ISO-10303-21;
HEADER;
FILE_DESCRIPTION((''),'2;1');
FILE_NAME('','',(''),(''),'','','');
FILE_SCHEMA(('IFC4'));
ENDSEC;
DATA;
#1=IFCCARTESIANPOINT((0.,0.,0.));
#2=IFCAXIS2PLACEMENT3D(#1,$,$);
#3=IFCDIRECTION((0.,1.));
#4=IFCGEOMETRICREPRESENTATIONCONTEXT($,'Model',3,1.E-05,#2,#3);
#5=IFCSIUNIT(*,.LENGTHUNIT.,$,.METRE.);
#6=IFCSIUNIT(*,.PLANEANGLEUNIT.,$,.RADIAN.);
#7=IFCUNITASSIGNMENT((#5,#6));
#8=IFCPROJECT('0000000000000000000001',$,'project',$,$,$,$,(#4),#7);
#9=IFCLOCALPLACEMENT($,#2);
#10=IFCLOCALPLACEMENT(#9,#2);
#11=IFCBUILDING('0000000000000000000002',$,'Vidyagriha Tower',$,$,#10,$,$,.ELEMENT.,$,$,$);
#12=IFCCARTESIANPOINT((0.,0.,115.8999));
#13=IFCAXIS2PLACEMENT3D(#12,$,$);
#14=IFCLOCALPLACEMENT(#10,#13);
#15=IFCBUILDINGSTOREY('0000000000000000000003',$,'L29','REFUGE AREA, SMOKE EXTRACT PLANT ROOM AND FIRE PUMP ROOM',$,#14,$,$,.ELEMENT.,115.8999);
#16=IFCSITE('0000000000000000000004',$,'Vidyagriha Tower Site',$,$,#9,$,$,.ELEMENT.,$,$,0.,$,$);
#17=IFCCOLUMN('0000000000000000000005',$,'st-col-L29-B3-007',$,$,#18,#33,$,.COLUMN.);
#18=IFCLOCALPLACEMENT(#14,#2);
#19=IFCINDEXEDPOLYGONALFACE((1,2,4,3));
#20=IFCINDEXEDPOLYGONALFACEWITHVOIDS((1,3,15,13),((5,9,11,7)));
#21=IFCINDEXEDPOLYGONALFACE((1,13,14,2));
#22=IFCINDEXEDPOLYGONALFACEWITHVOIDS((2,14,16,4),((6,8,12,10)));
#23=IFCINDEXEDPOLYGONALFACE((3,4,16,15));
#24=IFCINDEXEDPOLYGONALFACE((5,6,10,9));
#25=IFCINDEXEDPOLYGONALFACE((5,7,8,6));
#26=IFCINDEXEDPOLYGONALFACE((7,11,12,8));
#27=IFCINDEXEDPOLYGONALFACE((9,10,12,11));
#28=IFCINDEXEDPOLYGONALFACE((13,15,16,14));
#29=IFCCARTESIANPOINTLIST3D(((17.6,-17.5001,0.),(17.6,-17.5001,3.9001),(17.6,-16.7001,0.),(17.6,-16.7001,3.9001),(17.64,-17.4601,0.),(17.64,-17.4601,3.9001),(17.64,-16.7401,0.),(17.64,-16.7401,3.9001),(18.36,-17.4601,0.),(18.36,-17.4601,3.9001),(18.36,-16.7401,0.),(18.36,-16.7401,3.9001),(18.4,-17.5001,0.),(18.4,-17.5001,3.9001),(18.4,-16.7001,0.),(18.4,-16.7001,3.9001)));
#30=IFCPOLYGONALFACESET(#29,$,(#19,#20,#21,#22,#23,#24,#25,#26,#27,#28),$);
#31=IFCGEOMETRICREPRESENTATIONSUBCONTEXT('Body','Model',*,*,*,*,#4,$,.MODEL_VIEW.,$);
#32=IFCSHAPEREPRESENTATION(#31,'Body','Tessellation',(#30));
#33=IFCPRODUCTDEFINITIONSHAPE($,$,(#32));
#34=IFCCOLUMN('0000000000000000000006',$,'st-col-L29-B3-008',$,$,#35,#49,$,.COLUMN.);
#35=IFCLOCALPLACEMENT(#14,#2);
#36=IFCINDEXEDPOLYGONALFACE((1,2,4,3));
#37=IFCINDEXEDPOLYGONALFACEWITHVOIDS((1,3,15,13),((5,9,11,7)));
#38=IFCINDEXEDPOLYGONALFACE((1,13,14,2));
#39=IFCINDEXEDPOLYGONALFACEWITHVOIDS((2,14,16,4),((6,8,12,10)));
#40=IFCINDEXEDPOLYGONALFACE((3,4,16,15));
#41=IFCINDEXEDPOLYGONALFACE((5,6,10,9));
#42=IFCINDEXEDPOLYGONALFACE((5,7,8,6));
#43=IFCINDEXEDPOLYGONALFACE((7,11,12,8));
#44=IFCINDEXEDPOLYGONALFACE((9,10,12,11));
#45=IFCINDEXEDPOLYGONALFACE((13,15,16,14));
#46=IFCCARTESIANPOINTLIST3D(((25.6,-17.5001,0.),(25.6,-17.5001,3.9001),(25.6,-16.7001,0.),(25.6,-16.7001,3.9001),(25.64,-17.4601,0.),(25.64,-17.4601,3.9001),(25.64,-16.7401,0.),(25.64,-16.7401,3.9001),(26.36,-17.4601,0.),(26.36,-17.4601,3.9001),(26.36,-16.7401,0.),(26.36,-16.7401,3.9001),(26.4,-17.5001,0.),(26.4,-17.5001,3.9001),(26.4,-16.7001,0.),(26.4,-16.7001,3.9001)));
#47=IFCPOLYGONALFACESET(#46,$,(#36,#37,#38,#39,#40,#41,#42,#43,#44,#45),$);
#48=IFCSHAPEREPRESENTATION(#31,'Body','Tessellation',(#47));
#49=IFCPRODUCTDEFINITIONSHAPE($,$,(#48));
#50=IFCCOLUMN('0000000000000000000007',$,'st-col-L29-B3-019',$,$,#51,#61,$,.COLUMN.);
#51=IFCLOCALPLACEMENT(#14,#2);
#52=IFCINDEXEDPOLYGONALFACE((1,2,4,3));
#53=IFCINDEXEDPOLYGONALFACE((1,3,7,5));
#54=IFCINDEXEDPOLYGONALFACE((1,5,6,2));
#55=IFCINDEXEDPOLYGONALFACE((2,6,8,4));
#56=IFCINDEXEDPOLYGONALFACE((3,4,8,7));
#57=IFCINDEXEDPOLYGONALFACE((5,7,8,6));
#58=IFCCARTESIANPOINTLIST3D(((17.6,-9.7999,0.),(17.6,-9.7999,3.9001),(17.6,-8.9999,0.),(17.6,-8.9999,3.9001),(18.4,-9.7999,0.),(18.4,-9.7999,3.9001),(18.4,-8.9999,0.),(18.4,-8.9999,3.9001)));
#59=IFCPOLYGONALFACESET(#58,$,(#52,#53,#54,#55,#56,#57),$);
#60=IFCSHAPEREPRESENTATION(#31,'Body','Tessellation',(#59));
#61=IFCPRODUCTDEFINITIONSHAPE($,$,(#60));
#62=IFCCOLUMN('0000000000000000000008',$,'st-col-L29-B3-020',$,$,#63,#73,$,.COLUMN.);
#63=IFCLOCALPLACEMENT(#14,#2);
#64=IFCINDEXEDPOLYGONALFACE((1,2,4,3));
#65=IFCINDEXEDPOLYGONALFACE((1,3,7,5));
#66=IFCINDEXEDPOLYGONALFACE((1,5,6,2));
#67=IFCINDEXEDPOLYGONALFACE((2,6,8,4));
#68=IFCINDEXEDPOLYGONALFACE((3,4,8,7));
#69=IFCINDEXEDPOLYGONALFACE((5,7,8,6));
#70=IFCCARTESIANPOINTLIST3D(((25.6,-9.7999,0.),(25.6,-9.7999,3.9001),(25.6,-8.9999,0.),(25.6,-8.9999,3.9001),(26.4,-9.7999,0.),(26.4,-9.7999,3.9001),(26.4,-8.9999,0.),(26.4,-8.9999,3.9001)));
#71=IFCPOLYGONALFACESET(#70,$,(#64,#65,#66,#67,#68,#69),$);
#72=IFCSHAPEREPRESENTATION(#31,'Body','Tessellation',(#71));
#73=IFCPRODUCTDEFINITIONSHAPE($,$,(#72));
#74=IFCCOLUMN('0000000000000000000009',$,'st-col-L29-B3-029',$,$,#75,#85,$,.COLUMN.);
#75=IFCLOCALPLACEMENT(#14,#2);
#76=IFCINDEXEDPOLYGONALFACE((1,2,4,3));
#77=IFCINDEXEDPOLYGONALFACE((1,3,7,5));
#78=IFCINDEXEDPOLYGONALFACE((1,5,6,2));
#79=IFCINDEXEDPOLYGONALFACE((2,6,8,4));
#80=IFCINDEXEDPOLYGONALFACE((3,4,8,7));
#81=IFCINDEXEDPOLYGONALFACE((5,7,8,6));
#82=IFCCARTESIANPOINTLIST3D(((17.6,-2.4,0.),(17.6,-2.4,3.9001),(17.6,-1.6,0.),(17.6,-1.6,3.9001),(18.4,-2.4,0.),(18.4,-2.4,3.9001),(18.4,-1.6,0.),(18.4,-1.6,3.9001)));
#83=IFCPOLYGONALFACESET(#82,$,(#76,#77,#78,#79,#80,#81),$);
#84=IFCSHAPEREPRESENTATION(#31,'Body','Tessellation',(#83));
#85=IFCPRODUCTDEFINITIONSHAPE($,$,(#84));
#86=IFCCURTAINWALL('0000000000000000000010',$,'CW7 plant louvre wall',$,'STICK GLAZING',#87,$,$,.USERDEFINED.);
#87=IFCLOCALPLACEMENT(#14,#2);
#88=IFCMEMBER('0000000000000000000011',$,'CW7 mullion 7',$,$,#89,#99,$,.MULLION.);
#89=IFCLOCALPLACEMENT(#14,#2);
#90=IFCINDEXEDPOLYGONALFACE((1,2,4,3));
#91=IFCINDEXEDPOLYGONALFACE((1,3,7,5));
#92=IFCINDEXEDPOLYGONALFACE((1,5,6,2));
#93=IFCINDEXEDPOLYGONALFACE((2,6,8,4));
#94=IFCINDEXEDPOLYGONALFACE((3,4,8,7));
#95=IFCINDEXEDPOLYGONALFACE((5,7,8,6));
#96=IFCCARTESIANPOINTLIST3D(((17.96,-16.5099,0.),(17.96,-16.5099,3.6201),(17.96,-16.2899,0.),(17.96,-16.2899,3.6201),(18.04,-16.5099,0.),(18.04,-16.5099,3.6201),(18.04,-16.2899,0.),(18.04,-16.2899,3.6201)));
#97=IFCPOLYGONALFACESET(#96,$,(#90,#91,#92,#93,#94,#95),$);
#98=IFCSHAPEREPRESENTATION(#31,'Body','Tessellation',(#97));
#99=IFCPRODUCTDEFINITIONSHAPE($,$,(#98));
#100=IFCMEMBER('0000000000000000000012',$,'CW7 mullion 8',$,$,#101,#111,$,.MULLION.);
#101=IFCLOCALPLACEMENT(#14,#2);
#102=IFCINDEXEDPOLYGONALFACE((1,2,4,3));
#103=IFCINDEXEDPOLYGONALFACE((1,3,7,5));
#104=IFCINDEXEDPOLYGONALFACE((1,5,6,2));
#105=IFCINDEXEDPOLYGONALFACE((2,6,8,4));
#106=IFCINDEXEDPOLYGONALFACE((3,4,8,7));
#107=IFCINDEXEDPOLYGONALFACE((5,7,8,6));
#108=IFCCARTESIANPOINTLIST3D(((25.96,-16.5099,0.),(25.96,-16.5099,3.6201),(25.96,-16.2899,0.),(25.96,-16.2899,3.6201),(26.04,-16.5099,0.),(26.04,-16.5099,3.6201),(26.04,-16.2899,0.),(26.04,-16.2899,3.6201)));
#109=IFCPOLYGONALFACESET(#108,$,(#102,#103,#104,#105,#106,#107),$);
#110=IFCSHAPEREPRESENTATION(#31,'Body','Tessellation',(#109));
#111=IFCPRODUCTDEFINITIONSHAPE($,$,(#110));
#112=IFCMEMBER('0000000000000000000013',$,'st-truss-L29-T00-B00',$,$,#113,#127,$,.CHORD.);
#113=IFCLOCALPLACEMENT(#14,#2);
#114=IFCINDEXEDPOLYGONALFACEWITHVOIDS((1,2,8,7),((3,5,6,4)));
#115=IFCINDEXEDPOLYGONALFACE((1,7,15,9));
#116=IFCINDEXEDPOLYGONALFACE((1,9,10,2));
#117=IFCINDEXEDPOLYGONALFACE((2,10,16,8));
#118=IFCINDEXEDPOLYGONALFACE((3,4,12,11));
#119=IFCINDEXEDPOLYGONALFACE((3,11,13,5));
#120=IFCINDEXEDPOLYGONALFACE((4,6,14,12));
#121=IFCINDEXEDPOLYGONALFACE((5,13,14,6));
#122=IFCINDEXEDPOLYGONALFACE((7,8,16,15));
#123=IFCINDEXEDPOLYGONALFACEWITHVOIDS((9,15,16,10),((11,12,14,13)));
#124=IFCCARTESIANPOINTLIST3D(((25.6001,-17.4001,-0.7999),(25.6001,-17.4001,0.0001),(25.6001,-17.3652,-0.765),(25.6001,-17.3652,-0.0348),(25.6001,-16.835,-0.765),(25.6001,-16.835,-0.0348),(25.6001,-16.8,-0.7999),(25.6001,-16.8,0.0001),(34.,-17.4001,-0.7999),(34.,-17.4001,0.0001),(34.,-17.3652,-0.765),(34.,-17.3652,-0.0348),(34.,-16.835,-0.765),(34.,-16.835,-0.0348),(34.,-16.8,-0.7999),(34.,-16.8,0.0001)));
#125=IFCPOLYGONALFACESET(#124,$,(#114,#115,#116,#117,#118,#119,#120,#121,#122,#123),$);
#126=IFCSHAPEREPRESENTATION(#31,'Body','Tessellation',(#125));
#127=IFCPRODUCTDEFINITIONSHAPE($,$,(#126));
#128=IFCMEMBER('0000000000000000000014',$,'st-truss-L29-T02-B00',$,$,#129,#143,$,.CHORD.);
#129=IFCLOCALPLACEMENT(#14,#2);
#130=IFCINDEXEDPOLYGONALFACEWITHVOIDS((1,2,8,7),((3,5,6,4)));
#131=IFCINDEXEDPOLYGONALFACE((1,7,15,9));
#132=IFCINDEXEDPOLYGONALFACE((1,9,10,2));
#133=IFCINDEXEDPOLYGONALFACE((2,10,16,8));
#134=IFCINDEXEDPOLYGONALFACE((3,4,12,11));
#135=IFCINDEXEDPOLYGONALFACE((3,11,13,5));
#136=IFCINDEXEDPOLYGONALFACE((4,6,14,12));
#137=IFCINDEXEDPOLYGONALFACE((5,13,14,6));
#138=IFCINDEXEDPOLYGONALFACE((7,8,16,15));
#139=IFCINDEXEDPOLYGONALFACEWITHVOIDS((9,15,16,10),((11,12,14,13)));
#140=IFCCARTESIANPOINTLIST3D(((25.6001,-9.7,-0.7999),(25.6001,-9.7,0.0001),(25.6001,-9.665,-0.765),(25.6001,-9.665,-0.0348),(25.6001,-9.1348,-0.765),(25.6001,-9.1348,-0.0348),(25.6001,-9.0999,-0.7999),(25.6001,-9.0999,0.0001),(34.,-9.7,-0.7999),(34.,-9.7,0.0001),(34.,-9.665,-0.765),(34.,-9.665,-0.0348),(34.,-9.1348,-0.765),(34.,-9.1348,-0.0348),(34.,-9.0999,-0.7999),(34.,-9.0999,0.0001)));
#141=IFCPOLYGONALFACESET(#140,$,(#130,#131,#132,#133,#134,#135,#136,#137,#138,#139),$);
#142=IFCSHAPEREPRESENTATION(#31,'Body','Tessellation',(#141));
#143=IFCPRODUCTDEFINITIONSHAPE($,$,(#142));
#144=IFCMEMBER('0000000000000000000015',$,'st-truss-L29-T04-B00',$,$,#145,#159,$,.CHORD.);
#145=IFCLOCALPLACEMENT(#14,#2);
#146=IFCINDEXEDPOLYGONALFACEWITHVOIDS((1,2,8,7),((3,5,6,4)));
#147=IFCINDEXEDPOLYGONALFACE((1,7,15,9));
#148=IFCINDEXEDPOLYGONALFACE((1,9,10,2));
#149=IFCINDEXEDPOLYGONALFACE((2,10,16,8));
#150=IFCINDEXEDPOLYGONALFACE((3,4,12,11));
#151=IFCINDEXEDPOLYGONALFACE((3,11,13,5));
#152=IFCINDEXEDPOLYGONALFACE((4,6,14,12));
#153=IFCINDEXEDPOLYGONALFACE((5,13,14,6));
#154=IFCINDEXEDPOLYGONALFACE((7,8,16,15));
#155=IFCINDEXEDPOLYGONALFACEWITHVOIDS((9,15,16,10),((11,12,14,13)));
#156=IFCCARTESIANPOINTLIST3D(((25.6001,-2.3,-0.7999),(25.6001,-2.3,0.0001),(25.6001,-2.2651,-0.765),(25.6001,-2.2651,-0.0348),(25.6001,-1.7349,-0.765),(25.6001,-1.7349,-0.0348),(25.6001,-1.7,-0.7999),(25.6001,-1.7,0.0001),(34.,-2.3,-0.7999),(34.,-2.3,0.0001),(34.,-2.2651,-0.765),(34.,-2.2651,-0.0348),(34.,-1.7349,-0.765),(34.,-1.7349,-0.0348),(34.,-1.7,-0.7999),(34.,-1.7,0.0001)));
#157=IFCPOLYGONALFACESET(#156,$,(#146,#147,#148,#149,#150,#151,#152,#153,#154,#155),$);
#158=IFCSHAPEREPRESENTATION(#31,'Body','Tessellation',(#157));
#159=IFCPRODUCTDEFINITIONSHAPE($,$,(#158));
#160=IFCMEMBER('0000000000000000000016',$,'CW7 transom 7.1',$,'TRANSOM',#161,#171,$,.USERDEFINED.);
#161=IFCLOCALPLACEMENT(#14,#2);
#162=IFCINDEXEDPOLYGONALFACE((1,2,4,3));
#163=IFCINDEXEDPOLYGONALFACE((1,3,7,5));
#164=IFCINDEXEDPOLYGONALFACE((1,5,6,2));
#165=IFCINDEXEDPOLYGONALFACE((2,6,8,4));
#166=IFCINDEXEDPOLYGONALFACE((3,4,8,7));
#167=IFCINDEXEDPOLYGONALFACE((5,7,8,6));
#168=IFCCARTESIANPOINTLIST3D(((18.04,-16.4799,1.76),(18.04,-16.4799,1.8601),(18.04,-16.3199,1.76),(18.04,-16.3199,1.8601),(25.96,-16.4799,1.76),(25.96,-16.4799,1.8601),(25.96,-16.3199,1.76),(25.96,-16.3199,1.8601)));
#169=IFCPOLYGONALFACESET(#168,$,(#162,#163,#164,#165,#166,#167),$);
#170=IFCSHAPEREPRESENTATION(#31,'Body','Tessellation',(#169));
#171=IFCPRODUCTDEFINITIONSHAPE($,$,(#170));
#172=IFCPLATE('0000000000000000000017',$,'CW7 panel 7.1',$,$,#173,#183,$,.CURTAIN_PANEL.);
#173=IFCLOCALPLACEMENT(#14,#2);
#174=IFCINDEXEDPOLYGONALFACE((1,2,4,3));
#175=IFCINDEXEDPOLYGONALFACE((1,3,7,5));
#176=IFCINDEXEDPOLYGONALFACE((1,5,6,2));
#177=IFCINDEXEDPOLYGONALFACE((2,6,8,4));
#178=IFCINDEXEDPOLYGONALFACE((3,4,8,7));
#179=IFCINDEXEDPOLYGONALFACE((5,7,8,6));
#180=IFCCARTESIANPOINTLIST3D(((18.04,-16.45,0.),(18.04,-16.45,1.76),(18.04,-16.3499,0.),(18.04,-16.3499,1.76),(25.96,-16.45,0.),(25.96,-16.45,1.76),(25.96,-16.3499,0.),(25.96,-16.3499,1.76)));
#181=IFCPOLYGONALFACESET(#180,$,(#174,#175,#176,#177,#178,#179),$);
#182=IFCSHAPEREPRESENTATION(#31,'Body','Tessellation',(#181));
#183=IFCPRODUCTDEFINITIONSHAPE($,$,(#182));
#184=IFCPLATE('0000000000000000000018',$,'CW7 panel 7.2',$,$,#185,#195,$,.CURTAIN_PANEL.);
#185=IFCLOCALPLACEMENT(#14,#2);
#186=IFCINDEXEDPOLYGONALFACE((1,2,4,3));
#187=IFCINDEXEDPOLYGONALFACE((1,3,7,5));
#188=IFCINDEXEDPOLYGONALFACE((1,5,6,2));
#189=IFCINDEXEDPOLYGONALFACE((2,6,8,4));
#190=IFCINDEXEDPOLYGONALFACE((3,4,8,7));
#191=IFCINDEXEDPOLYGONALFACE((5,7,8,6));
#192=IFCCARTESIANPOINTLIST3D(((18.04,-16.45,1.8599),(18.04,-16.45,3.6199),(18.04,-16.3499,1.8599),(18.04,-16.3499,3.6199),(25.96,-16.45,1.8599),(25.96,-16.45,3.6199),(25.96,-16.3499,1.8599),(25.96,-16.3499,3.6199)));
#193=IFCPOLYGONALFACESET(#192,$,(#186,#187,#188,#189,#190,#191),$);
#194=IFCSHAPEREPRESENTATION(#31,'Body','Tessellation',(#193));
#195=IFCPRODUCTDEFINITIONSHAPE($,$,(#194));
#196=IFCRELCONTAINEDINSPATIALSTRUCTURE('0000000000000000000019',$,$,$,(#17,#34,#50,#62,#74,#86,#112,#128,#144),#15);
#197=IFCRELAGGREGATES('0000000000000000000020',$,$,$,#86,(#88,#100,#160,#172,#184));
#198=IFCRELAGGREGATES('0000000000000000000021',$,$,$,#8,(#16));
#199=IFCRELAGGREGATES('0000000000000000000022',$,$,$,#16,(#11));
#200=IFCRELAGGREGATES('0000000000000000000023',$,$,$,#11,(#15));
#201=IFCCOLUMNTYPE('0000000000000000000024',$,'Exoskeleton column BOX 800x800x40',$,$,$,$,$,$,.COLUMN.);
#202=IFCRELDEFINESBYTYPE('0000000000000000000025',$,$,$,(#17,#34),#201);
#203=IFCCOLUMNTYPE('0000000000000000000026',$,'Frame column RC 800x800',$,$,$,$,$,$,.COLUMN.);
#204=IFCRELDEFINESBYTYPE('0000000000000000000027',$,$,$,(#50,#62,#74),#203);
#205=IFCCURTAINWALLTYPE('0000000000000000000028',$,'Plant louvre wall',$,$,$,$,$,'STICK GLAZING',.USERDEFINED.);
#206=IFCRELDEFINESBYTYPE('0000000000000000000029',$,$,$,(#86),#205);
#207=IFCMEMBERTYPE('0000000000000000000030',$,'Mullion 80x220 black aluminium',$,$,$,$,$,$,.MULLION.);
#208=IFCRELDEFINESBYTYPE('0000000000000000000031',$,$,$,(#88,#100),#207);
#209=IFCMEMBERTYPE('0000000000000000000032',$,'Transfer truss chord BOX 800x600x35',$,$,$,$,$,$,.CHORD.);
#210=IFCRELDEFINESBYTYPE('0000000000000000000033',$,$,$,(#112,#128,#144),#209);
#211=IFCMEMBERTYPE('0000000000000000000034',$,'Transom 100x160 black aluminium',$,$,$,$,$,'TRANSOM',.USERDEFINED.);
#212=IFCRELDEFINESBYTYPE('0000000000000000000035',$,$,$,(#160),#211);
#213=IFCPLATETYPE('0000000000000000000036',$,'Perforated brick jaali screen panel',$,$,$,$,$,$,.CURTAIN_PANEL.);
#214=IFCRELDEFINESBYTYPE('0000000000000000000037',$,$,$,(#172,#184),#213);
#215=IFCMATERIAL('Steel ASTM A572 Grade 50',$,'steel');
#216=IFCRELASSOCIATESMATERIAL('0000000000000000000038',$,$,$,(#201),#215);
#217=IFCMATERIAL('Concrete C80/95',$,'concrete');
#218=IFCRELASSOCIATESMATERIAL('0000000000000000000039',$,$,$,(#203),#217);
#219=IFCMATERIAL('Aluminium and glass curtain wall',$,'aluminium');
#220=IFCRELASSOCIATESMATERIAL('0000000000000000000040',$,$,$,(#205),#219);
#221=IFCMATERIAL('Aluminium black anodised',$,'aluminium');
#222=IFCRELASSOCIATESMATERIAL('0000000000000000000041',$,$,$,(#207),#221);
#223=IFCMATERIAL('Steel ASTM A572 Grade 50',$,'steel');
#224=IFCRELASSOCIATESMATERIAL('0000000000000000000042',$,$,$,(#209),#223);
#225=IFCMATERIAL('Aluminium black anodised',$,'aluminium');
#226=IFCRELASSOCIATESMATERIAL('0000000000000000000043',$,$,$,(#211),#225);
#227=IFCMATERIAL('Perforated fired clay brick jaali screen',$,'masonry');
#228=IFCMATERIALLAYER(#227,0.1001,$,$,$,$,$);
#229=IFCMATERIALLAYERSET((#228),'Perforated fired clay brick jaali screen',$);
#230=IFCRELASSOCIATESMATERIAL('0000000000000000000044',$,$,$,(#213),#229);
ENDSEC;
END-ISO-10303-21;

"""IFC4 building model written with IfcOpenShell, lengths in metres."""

from ifc_helpers import new_model, si_unit, direction, frame, origin, origin_2d, place, context, subcontext, project, spatial, rectangle, hollow_rectangle, extrude, material, layer, layer_set, material_profile, profile_set, type_object, element, aggregate, save


model = new_model("IFC4")

# Units and contexts
model_context = context("Model", 3, precision=1e-05, world=origin(), true_north=direction((0.0, 1.0)))
body_context = subcontext(model_context, "Body", "Model", "MODEL_VIEW")
ifc_project = project(units=[si_unit("LENGTHUNIT", "METRE"), si_unit("PLANEANGLEUNIT", "RADIAN")], contexts=[model_context])

# Site, building, storey
site_placement = place(None, origin())
site = spatial("IfcSite", under=ifc_project, at=site_placement, Name="Vidyagriha Tower Site", CompositionType="ELEMENT", RefElevation=0.0)
building_placement = place(site_placement, origin())
building = spatial("IfcBuilding", under=site, at=building_placement, Name="Vidyagriha Tower", CompositionType="ELEMENT")
storey_placement = place(building_placement, frame((0.0, 0.0, 115.8999)))
storey = spatial("IfcBuildingStorey", under=building, at=storey_placement, Name="L29", Description="REFUGE AREA, SMOKE EXTRACT PLANT ROOM AND FIRE PUMP ROOM", CompositionType="ELEMENT", Elevation=115.8999)

# Columns
ifc_material_1 = material(Name="Steel ASTM A572 Grade 50", Category="steel")
ifc_material_profile_1 = material_profile(ifc_material_1, hollow_rectangle(XDim=0.8, YDim=0.8, WallThickness=0.04, at=origin_2d()), Name="BOX 800x800x40")
ifc_profile_set_1 = profile_set([ifc_material_profile_1], Name="Steel ASTM A572 Grade 50")
column_type_1 = type_object("IfcColumnType", Name="Exoskeleton column BOX 800x800x40", PredefinedType="COLUMN", material=ifc_profile_set_1)
for number, where, name in (
    (1, (18.0, -17.1001, 0.0), "st-col-L29-B3-007"),
    (2, (26.0, -17.1001, 0.0), "st-col-L29-B3-008"),
):
    element("IfcColumn", number, at=place(storey_placement, frame(where)), inside=storey, type_object=column_type_1, Name=name, PredefinedType="COLUMN", context=body_context, shape_type="SweptSolid", body=[
        extrude(hollow_rectangle(XDim=0.8, YDim=0.8, WallThickness=0.04, at=origin_2d()), origin(), (0.0, 0.0, 1.0), 3.9001),
    ])
ifc_material_2 = material(Name="Concrete C80/95", Category="concrete")
ifc_material_profile_2 = material_profile(ifc_material_2, rectangle(XDim=0.8, YDim=0.8, at=origin_2d()), Name="RC 800x800")
ifc_profile_set_2 = profile_set([ifc_material_profile_2], Name="Concrete C80/95")
column_type_2 = type_object("IfcColumnType", Name="Frame column RC 800x800", PredefinedType="COLUMN", material=ifc_profile_set_2)
for number, where, name in (
    (3, (18.0, -9.3999, 0.0), "st-col-L29-B3-019"),
    (4, (26.0, -9.3999, 0.0), "st-col-L29-B3-020"),
    (5, (18.0, -2.0, 0.0), "st-col-L29-B3-029"),
):
    element("IfcColumn", number, at=place(storey_placement, frame(where)), inside=storey, type_object=column_type_2, Name=name, PredefinedType="COLUMN", context=body_context, shape_type="SweptSolid", body=[
        extrude(rectangle(XDim=0.8, YDim=0.8, at=origin_2d()), origin(), (0.0, 0.0, 1.0), 3.9001),
    ])

# Curtain wall, members
ifc_material_3 = material(Name="Aluminium and glass curtain wall", Category="aluminium")
curtain_wall_type = type_object("IfcCurtainWallType", Name="Plant louvre wall", ElementType="STICK GLAZING", PredefinedType="USERDEFINED", material=ifc_material_3)
curtain_wall_placement = place(storey_placement, origin())
curtain_wall = element("IfcCurtainWall", 6, at=curtain_wall_placement, inside=storey, type_object=curtain_wall_type, Name="CW7 plant louvre wall", ObjectType="STICK GLAZING", PredefinedType="USERDEFINED")
ifc_material_4 = material(Name="Aluminium black anodised", Category="aluminium")
ifc_material_profile_3 = material_profile(ifc_material_4, rectangle(XDim=0.22, YDim=0.0801, at=origin_2d()), Name="Mullion 80x220 black aluminium")
ifc_profile_set_3 = profile_set([ifc_material_profile_3], Name="Aluminium black anodised")
member_type_1 = type_object("IfcMemberType", Name="Mullion 80x220 black aluminium", PredefinedType="MULLION", material=ifc_profile_set_3)
member_1_placement = place(storey_placement, frame((18.0, -16.3999, 0.0), z_axis=(0.0, 0.0, 1.0), x_axis=(0.0, 1.0, 0.0)))
member_1 = element("IfcMember", 7, at=member_1_placement, type_object=member_type_1, Name="CW7 mullion 7", PredefinedType="MULLION", context=body_context, shape_type="SweptSolid", body=[
    extrude(rectangle(XDim=0.22, YDim=0.0801, at=origin_2d()), origin(), (0.0, 0.0, 1.0), 3.6201),
])
member_2_placement = place(storey_placement, frame((26.0, -16.3999, 0.0), z_axis=(0.0, 0.0, 1.0), x_axis=(0.0, 1.0, 0.0)))
member_2 = element("IfcMember", 8, at=member_2_placement, type_object=member_type_1, Name="CW7 mullion 8", PredefinedType="MULLION", context=body_context, shape_type="SweptSolid", body=[
    extrude(rectangle(XDim=0.22, YDim=0.0801, at=origin_2d()), origin(), (0.0, 0.0, 1.0), 3.6201),
])

# Members
ifc_material_5 = material(Name="Steel ASTM A572 Grade 50", Category="steel")
ifc_material_profile_4 = material_profile(ifc_material_5, hollow_rectangle(XDim=0.6001, YDim=0.8, WallThickness=0.0349, at=origin_2d()), Name="BOX 800x600x35")
ifc_profile_set_4 = profile_set([ifc_material_profile_4], Name="Steel ASTM A572 Grade 50")
member_type_2 = type_object("IfcMemberType", Name="Transfer truss chord BOX 800x600x35", PredefinedType="CHORD", material=ifc_profile_set_4)
for number, where, z_axis, x_axis, name in (
    (9, (25.6001, -17.1001, -0.3999), (1.0, 0.0, 0.0), (0.0, 1.0, 0.0), "st-truss-L29-T00-B00"),
    (10, (25.6001, -9.3999, -0.3999), (1.0, 0.0, 0.0), (0.0, 1.0, 0.0), "st-truss-L29-T02-B00"),
    (11, (25.6001, -2.0, -0.3999), (1.0, 0.0, 0.0), (0.0, 1.0, 0.0), "st-truss-L29-T04-B00"),
):
    element("IfcMember", number, at=place(storey_placement, frame(where, z_axis=z_axis, x_axis=x_axis)), inside=storey, type_object=member_type_2, Name=name, PredefinedType="CHORD", context=body_context, shape_type="SweptSolid", body=[
        extrude(hollow_rectangle(XDim=0.6001, YDim=0.8, WallThickness=0.0349, at=origin_2d()), origin(), (0.0, 0.0, 1.0), 8.3999),
    ])

# Member
ifc_material_6 = material(Name="Aluminium black anodised", Category="aluminium")
ifc_material_profile_5 = material_profile(ifc_material_6, rectangle(XDim=0.1599, YDim=0.1001, at=origin_2d()), Name="Transom 100x160 black aluminium")
ifc_profile_set_5 = profile_set([ifc_material_profile_5], Name="Aluminium black anodised")
member_type_3 = type_object("IfcMemberType", Name="Transom 100x160 black aluminium", ElementType="TRANSOM", PredefinedType="USERDEFINED", material=ifc_profile_set_5)
member_3_placement = place(storey_placement, frame((18.04, -16.3999, 1.8101), z_axis=(1.0, 0.0, 0.0), x_axis=(0.0, 1.0, 0.0)))
member_3 = element("IfcMember", 12, at=member_3_placement, type_object=member_type_3, Name="CW7 transom 7.1", ObjectType="TRANSOM", PredefinedType="USERDEFINED", context=body_context, shape_type="SweptSolid", body=[
    extrude(rectangle(XDim=0.1599, YDim=0.1001, at=origin_2d()), origin(), (0.0, 0.0, 1.0), 7.9199),
])

# Plates
ifc_material_7 = material(Name="Perforated fired clay brick jaali screen", Category="masonry")
ifc_layer_1 = layer(ifc_material_7, 0.1001)
ifc_layer_set_1 = layer_set([ifc_layer_1], Name="Perforated fired clay brick jaali screen")
plate_type = type_object("IfcPlateType", Name="Perforated brick jaali screen panel", PredefinedType="CURTAIN_PANEL", material=ifc_layer_set_1)
plate_1_placement = place(storey_placement, frame((22.0, -16.3999, 0.0)))
plate_1 = element("IfcPlate", 13, at=plate_1_placement, type_object=plate_type, Name="CW7 panel 7.1", PredefinedType="CURTAIN_PANEL", context=body_context, shape_type="SweptSolid", body=[
    extrude(rectangle(XDim=7.9199, YDim=0.1001, at=origin_2d()), origin(), (0.0, 0.0, 1.0), 1.76),
])
plate_2_placement = place(storey_placement, frame((22.0, -16.3999, 1.8599)))
plate_2 = element("IfcPlate", 14, at=plate_2_placement, type_object=plate_type, Name="CW7 panel 7.2", PredefinedType="CURTAIN_PANEL", context=body_context, shape_type="SweptSolid", body=[
    extrude(rectangle(XDim=7.9199, YDim=0.1001, at=origin_2d()), origin(), (0.0, 0.0, 1.0), 1.76),
])
aggregate(curtain_wall, [member_1, member_2, member_3, plate_1, plate_2])

save(model, "model.ifc")
